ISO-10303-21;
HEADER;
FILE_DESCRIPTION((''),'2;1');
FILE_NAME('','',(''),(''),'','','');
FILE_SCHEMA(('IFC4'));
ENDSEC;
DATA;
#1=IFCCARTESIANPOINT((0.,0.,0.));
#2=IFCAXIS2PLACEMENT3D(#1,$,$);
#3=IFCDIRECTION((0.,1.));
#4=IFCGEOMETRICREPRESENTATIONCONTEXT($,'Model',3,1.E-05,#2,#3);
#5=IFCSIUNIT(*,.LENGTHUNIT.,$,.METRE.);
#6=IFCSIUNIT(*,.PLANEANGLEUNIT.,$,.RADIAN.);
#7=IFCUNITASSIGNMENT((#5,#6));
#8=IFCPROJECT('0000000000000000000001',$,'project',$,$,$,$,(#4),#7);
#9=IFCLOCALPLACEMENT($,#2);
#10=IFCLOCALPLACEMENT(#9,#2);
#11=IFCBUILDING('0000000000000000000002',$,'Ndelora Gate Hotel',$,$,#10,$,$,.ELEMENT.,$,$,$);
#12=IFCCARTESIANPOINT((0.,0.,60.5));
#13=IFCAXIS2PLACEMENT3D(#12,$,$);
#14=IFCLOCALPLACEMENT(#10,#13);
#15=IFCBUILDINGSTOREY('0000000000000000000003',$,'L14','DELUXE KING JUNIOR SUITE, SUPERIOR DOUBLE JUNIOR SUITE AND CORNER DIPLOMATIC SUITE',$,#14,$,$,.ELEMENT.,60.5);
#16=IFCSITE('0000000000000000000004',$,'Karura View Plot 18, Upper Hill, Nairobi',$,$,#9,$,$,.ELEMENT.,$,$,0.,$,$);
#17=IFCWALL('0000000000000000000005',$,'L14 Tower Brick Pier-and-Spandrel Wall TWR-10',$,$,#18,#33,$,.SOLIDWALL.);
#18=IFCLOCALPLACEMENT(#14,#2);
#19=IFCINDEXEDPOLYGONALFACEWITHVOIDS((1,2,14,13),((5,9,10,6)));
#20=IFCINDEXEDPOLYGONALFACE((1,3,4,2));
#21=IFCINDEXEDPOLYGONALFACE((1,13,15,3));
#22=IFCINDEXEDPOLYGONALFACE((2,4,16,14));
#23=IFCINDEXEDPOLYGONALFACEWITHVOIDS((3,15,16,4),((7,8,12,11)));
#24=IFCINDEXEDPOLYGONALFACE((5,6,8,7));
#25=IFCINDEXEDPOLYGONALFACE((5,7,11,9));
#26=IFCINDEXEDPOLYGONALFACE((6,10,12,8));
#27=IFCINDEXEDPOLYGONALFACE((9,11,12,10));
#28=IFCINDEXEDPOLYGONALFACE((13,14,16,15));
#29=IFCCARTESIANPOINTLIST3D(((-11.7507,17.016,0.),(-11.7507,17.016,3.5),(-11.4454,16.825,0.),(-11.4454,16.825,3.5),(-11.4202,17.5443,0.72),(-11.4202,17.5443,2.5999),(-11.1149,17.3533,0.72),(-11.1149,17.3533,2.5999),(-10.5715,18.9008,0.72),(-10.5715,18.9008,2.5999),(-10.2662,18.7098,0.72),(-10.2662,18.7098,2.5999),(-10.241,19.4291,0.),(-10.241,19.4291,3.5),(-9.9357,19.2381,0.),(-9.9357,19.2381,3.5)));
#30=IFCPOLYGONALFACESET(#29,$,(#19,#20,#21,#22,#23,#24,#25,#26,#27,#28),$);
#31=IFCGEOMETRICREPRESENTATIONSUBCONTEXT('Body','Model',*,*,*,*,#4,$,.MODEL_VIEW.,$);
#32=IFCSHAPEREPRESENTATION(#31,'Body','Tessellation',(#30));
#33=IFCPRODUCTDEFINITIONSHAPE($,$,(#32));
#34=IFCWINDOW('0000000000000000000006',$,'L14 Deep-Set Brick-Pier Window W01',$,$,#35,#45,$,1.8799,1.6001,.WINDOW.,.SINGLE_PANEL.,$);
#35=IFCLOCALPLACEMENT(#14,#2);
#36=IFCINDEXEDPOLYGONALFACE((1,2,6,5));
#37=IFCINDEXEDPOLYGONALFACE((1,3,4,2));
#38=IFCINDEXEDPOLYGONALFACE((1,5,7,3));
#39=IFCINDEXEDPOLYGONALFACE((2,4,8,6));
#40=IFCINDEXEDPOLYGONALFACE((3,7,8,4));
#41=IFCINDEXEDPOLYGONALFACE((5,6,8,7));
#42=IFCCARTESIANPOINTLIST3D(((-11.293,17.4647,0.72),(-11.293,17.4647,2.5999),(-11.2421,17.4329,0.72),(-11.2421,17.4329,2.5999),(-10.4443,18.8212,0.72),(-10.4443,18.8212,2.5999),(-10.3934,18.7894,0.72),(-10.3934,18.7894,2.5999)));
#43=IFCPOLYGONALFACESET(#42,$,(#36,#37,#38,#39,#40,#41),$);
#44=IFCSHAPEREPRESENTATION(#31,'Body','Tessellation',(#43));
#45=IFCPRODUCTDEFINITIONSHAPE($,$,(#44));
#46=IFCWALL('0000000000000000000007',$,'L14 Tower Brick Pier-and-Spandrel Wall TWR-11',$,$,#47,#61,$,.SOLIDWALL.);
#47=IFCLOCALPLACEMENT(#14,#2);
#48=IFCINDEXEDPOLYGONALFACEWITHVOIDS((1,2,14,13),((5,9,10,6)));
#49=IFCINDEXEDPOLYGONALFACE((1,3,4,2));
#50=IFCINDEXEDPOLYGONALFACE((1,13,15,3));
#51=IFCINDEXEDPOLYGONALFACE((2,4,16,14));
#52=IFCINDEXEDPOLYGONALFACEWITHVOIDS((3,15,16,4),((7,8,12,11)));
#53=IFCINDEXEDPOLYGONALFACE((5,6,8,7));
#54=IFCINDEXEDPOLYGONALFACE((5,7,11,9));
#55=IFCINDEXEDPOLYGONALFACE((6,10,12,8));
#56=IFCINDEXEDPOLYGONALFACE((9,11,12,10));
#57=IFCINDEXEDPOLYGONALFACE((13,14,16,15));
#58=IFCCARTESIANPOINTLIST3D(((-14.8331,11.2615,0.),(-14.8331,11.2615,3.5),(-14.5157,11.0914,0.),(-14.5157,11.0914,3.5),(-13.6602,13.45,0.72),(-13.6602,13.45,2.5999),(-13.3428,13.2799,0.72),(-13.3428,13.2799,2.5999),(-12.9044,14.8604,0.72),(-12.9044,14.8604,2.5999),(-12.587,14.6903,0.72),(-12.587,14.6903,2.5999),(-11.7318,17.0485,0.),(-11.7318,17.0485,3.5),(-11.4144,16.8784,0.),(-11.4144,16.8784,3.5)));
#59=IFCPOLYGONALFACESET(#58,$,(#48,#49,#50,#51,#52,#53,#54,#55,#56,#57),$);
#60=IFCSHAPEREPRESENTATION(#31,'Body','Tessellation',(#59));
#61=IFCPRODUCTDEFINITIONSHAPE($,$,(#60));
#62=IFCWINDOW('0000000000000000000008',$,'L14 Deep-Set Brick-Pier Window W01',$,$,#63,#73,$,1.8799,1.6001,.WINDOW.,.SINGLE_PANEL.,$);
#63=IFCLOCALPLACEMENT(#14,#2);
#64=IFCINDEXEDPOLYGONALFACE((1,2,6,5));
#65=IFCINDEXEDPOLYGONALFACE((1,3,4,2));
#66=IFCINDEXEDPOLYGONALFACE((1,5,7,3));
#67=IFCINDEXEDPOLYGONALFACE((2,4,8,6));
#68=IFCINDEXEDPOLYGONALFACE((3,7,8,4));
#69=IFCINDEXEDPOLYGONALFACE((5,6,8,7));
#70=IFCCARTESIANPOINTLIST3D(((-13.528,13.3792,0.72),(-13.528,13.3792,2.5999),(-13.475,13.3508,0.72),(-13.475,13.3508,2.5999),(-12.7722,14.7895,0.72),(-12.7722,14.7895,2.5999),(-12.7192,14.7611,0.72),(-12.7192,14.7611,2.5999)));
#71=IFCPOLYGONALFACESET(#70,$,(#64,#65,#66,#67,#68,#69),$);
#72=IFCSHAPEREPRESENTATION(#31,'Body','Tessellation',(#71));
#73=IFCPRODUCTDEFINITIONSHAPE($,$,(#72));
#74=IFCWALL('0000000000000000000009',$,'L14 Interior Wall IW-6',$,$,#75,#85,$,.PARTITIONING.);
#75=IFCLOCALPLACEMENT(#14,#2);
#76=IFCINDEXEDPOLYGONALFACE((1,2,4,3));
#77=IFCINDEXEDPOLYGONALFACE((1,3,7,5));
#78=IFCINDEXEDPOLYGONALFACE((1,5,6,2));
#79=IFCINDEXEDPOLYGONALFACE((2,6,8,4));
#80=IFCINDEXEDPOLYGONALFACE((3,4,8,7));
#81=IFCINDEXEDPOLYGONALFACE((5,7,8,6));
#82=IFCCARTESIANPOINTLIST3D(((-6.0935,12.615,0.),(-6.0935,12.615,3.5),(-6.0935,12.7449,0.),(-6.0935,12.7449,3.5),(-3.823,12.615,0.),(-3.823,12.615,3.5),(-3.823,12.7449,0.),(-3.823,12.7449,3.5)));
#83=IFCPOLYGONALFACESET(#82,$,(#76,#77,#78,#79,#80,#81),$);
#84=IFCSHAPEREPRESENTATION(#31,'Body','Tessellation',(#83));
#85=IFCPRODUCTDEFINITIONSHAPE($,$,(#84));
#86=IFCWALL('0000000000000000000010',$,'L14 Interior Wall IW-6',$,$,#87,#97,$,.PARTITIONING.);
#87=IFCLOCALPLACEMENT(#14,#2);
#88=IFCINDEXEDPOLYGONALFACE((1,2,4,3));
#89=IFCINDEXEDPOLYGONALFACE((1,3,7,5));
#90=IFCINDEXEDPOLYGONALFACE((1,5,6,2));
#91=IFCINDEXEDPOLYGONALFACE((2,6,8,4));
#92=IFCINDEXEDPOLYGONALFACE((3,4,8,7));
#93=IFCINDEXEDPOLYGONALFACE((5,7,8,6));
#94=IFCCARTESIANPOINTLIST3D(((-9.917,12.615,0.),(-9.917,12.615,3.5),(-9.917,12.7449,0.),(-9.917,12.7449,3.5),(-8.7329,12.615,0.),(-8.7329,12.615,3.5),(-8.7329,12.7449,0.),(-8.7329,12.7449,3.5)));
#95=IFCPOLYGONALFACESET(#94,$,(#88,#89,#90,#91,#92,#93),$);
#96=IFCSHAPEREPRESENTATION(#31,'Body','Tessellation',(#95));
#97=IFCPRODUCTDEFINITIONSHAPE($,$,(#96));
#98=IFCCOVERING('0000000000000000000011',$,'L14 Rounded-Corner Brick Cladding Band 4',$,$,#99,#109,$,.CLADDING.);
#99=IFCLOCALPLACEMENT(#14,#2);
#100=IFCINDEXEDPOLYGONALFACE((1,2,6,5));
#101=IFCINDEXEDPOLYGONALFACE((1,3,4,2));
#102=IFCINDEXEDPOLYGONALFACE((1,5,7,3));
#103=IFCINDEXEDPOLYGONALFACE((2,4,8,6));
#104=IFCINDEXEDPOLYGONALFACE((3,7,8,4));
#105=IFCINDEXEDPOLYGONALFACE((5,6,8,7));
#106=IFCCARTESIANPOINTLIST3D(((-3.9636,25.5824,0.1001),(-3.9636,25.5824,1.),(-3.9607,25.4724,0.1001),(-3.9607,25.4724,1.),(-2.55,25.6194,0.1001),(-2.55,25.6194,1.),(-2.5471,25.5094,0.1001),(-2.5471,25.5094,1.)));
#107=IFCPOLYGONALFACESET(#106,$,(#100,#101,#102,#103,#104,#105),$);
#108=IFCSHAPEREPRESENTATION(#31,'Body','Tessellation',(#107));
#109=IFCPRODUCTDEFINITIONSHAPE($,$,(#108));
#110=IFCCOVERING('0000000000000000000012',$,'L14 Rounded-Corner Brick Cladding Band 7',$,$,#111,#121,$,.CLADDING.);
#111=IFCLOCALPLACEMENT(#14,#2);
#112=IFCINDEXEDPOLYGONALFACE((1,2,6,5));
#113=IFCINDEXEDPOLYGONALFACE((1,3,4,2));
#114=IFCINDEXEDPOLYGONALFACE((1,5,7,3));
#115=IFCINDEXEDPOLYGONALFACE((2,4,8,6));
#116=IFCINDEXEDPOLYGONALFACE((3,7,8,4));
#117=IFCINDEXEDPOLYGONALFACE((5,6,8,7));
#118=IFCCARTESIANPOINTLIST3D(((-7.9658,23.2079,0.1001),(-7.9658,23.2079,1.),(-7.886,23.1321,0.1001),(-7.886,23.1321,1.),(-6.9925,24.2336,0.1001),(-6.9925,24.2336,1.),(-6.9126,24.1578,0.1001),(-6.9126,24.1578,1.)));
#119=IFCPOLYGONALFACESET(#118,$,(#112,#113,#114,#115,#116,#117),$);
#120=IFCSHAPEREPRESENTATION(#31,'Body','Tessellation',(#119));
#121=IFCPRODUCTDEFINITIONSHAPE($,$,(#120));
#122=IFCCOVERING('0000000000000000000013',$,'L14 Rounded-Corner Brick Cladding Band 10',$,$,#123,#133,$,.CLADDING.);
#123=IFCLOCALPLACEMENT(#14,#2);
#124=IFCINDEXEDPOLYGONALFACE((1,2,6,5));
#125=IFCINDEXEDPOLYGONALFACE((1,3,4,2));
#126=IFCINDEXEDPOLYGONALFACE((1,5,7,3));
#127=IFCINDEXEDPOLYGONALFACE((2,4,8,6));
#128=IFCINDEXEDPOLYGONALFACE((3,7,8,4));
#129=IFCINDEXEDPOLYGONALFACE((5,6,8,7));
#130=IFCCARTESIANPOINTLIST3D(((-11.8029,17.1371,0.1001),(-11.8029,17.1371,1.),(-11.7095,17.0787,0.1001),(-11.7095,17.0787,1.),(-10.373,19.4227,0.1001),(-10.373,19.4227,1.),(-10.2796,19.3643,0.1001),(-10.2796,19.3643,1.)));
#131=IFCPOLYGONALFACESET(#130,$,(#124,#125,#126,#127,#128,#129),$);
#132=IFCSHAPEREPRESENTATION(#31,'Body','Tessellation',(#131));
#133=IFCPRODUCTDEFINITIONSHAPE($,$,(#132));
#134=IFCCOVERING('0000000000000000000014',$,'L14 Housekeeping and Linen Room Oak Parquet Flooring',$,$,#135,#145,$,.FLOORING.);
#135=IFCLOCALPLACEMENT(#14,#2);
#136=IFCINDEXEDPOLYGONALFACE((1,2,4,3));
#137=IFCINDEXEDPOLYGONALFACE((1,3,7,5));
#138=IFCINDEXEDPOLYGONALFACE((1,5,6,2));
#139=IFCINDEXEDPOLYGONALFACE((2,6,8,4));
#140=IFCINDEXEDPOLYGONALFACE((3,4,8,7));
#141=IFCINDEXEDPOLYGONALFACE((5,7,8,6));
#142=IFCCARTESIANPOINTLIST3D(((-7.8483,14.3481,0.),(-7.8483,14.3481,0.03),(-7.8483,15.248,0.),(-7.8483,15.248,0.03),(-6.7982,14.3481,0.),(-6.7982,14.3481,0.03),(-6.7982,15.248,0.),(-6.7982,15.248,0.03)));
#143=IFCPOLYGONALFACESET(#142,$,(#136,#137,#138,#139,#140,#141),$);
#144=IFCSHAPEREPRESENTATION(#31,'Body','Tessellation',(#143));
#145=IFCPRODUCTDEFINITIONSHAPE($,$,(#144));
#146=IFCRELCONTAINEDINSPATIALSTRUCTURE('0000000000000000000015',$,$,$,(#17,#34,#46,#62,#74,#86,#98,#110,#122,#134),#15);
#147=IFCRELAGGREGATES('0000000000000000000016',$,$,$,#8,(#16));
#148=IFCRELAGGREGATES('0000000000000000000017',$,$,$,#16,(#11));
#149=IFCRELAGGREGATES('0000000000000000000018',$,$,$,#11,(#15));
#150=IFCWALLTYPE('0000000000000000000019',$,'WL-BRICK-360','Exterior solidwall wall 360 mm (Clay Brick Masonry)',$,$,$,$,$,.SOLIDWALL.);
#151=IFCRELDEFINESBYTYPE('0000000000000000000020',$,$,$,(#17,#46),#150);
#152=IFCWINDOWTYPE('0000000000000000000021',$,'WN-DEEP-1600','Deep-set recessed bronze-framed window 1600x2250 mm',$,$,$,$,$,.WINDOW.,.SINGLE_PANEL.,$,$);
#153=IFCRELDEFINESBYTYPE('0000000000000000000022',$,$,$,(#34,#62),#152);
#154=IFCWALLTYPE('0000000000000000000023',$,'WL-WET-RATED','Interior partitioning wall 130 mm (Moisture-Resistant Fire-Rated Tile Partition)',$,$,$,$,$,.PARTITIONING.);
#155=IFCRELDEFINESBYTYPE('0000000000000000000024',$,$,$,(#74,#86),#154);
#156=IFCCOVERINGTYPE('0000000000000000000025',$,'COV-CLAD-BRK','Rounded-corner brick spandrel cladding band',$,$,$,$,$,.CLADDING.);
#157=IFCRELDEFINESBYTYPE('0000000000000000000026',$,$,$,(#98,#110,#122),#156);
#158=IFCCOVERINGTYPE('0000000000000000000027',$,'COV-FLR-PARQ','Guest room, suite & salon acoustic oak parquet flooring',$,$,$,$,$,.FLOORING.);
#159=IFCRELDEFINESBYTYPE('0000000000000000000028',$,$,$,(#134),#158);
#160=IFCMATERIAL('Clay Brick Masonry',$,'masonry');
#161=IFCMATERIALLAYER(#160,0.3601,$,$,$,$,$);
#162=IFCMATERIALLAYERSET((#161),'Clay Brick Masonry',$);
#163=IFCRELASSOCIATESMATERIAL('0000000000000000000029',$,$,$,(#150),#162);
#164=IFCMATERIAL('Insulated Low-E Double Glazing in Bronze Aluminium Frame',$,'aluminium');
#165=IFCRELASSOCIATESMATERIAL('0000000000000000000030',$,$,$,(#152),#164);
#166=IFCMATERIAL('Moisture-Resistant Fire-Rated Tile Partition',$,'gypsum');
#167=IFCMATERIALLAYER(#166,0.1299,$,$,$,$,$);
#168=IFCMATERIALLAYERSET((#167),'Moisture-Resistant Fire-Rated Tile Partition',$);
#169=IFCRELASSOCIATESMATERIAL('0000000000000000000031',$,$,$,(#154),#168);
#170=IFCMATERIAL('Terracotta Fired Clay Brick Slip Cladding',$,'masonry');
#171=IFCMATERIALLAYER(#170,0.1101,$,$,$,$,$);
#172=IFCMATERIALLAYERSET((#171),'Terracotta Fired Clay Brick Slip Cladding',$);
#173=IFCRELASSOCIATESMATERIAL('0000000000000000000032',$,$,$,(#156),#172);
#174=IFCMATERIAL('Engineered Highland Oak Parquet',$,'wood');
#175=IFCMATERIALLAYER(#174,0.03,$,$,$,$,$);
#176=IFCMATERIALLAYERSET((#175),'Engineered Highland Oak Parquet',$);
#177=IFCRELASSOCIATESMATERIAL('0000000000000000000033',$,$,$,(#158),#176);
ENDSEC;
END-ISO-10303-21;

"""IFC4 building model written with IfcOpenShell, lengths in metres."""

from ifc_helpers import new_model, si_unit, direction, frame, frame_2d, origin, origin_2d, place, context, subcontext, project, spatial, rectangle, extrude, material, layer, layer_set, type_object, element, fill, save


model = new_model("IFC4")

# Units and contexts
model_context = context("Model", 3, precision=1e-05, world=origin(), true_north=direction((0.0, 1.0)))
body_context = subcontext(model_context, "Body", "Model", "MODEL_VIEW")
ifc_project = project(units=[si_unit("LENGTHUNIT", "METRE"), si_unit("PLANEANGLEUNIT", "RADIAN")], contexts=[model_context])

# Site, building, storey
site_placement = place(None, origin())
site = spatial("IfcSite", under=ifc_project, at=site_placement, Name="Karura View Plot 18, Upper Hill, Nairobi", CompositionType="ELEMENT", RefElevation=0.0)
building_placement = place(site_placement, origin())
building = spatial("IfcBuilding", under=site, at=building_placement, Name="Ndelora Gate Hotel", CompositionType="ELEMENT")
storey_placement = place(building_placement, frame((0.0, 0.0, 60.5)))
storey = spatial("IfcBuildingStorey", under=building, at=storey_placement, Name="L14", Description="DELUXE KING JUNIOR SUITE, SUPERIOR DOUBLE JUNIOR SUITE AND CORNER DIPLOMATIC SUITE", CompositionType="ELEMENT", Elevation=60.5)

# Shared definitions
ifc_material_1 = material(Name="Clay Brick Masonry", Category="masonry")
ifc_layer_1 = layer(ifc_material_1, 0.3601)
ifc_layer_set_1 = layer_set([ifc_layer_1], Name="Clay Brick Masonry")
wall_type_1 = type_object("IfcWallType", Name="WL-BRICK-360", Description="Exterior solidwall wall 360 mm (Clay Brick Masonry)", PredefinedType="SOLIDWALL", material=ifc_layer_set_1)

# Walls, openings, windows
ifc_material_2 = material(Name="Insulated Low-E Double Glazing in Bronze Aluminium Frame", Category="aluminium")
wall_1_placement = place(storey_placement, frame((-11.5981, 16.9204, 0.0), z_axis=(0.0, 0.0, 1.0), x_axis=(0.5304, 0.847748, 0.0)))
wall_1 = element("IfcWall", 1, at=wall_1_placement, inside=storey, type_object=wall_type_1, Name="L14 Tower Brick Pier-and-Spandrel Wall TWR-10", PredefinedType="SOLIDWALL", context=body_context, shape_type="SweptSolid", body=[
    extrude(rectangle(XDim=2.8464, YDim=0.3601, at=frame_2d((1.4233, 0.0))), origin(), (0.0, 0.0, 1.0), 3.5),
])
opening_1_placement = place(wall_1_placement, frame((0.6233, 0.0, 0.72)))
opening_1 = element("IfcOpeningElement", 2, at=opening_1_placement, cuts=wall_1, PredefinedType="OPENING", context=body_context, shape_type="SweptSolid", body=[
    extrude(rectangle(XDim=1.6001, YDim=1.8799, at=frame_2d((0.8, 0.9399))), frame((0.0, 0.1899, 0.0), z_axis=(0.0, -1.0, 0.0), x_axis=(1.0, 0.0, 0.0)), (0.0, 0.0, 1.0), 0.3801),
])
window_type_1 = type_object("IfcWindowType", Name="WN-DEEP-1600", Description="Deep-set recessed bronze-framed window 1600x2250 mm", PartitioningType="SINGLE_PANEL", PredefinedType="WINDOW", material=ifc_material_2)
window_1_placement = place(opening_1_placement, origin())
window_1 = element("IfcWindow", 3, at=window_1_placement, inside=storey, type_object=window_type_1, Name="L14 Deep-Set Brick-Pier Window W01", OverallHeight=1.8799, OverallWidth=1.6001, PartitioningType="SINGLE_PANEL", PredefinedType="WINDOW", context=body_context, shape_type="SweptSolid", body=[
    extrude(rectangle(XDim=1.6001, YDim=1.8799, at=frame_2d((0.8, 0.9399))), frame((0.0, 0.03, 0.0), z_axis=(0.0, -1.0, 0.0), x_axis=(1.0, 0.0, 0.0)), (0.0, 0.0, 1.0), 0.0601),
])
fill(opening_1, window_1)
wall_2_placement = place(storey_placement, frame((-14.6743, 11.1765, 0.0), z_axis=(0.0, 0.0, 1.0), x_axis=(0.472349, 0.881411, 0.0)))
wall_2 = element("IfcWall", 4, at=wall_2_placement, inside=storey, type_object=wall_type_1, Name="L14 Tower Brick Pier-and-Spandrel Wall TWR-11", PredefinedType="SOLIDWALL", context=body_context, shape_type="SweptSolid", body=[
    extrude(rectangle(XDim=6.5657, YDim=0.3601, at=frame_2d((3.2827, 0.0))), origin(), (0.0, 0.0, 1.0), 3.5),
])
opening_2_placement = place(wall_2_placement, frame((2.4829, 0.0, 0.72)))
opening_2 = element("IfcOpeningElement", 5, at=opening_2_placement, cuts=wall_2, PredefinedType="OPENING", context=body_context, shape_type="SweptSolid", body=[
    extrude(rectangle(XDim=1.6001, YDim=1.8799, at=frame_2d((0.8, 0.9399))), frame((0.0, 0.1899, 0.0), z_axis=(0.0, -1.0, 0.0), x_axis=(1.0, 0.0, 0.0)), (0.0, 0.0, 1.0), 0.3801),
])
window_2_placement = place(opening_2_placement, origin())
window_2 = element("IfcWindow", 6, at=window_2_placement, inside=storey, type_object=window_type_1, Name="L14 Deep-Set Brick-Pier Window W01", OverallHeight=1.8799, OverallWidth=1.6001, PartitioningType="SINGLE_PANEL", PredefinedType="WINDOW", context=body_context, shape_type="SweptSolid", body=[
    extrude(rectangle(XDim=1.6001, YDim=1.8799, at=frame_2d((0.8, 0.9399))), frame((0.0, 0.03, 0.0), z_axis=(0.0, -1.0, 0.0), x_axis=(1.0, 0.0, 0.0)), (0.0, 0.0, 1.0), 0.0601),
])
fill(opening_2, window_2)

# Walls
ifc_material_3 = material(Name="Moisture-Resistant Fire-Rated Tile Partition", Category="gypsum")
ifc_layer_2 = layer(ifc_material_3, 0.1299)
ifc_layer_set_2 = layer_set([ifc_layer_2], Name="Moisture-Resistant Fire-Rated Tile Partition")
wall_type_2 = type_object("IfcWallType", Name="WL-WET-RATED", Description="Interior partitioning wall 130 mm (Moisture-Resistant Fire-Rated Tile Partition)", PredefinedType="PARTITIONING", material=ifc_layer_set_2)
wall_3_placement = place(storey_placement, frame((-6.0935, 12.6799, 0.0), z_axis=(0.0, 0.0, 1.0), x_axis=(1.0, 0.0, 0.0)))
element("IfcWall", 7, at=wall_3_placement, inside=storey, type_object=wall_type_2, Name="L14 Interior Wall IW-6", PredefinedType="PARTITIONING", context=body_context, shape_type="SweptSolid", body=[
    extrude(rectangle(XDim=2.2705, YDim=0.1299, at=frame_2d((1.1353, 0.0))), origin(), (0.0, 0.0, 1.0), 3.5),
])
wall_4_placement = place(storey_placement, frame((-9.917, 12.6799, 0.0), z_axis=(0.0, 0.0, 1.0), x_axis=(1.0, 0.0, 0.0)))
element("IfcWall", 8, at=wall_4_placement, inside=storey, type_object=wall_type_2, Name="L14 Interior Wall IW-6", PredefinedType="PARTITIONING", context=body_context, shape_type="SweptSolid", body=[
    extrude(rectangle(XDim=1.1841, YDim=0.1299, at=frame_2d((0.592, 0.0))), origin(), (0.0, 0.0, 1.0), 3.5),
])

# Coverings
ifc_material_4 = material(Name="Terracotta Fired Clay Brick Slip Cladding", Category="masonry")
ifc_layer_3 = layer(ifc_material_4, 0.1101)
ifc_layer_set_3 = layer_set([ifc_layer_3], Name="Terracotta Fired Clay Brick Slip Cladding")
covering_type_1 = type_object("IfcCoveringType", Name="COV-CLAD-BRK", Description="Rounded-corner brick spandrel cladding band", PredefinedType="CLADDING", material=ifc_layer_set_3)
for number, where, z_axis, x_axis, name in (
    (9, (-3.2554, 25.5459, 0.1001), (0.0, 0.0, 1.0), (0.999657, 0.026177, 0.0), "L14 Rounded-Corner Brick Cladding Band 4"),
    (10, (-7.4392, 23.6829, 0.1001), (0.0, 0.0, 1.0), (0.688355, 0.725374, 0.0), "L14 Rounded-Corner Brick Cladding Band 7"),
):
    element("IfcCovering", number, at=place(storey_placement, frame(where, z_axis=z_axis, x_axis=x_axis)), inside=storey, type_object=covering_type_1, Name=name, PredefinedType="CLADDING", context=body_context, shape_type="SweptSolid", body=[
        extrude(rectangle(XDim=1.4141, YDim=0.1101, at=origin_2d()), origin(), (0.0, 0.0, 1.0), 0.8999),
    ])
covering_1_placement = place(storey_placement, frame((-11.0413, 18.2507, 0.1001), z_axis=(0.0, 0.0, 1.0), x_axis=(0.530363, 0.847771, 0.0)))
element("IfcCovering", 11, at=covering_1_placement, inside=storey, type_object=covering_type_1, Name="L14 Rounded-Corner Brick Cladding Band 10", PredefinedType="CLADDING", context=body_context, shape_type="SweptSolid", body=[
    extrude(rectangle(XDim=2.696, YDim=0.1101, at=origin_2d()), origin(), (0.0, 0.0, 1.0), 0.8999),
])
ifc_material_5 = material(Name="Engineered Highland Oak Parquet", Category="wood")
ifc_layer_4 = layer(ifc_material_5, 0.03)
ifc_layer_set_4 = layer_set([ifc_layer_4], Name="Engineered Highland Oak Parquet")
covering_type_2 = type_object("IfcCoveringType", Name="COV-FLR-PARQ", Description="Guest room, suite & salon acoustic oak parquet flooring", PredefinedType="FLOORING", material=ifc_layer_set_4)
covering_2_placement = place(storey_placement, frame((-7.3232, 14.7981, 0.0), z_axis=(0.0, 0.0, 1.0), x_axis=(1.0, 0.0, 0.0)))
element("IfcCovering", 12, at=covering_2_placement, inside=storey, type_object=covering_type_2, Name="L14 Housekeeping and Linen Room Oak Parquet Flooring", PredefinedType="FLOORING", context=body_context, shape_type="SweptSolid", body=[
    extrude(rectangle(XDim=1.05, YDim=0.8999, at=origin_2d()), origin(), (0.0, 0.0, 1.0), 0.03),
])

save(model, "model.ifc")
